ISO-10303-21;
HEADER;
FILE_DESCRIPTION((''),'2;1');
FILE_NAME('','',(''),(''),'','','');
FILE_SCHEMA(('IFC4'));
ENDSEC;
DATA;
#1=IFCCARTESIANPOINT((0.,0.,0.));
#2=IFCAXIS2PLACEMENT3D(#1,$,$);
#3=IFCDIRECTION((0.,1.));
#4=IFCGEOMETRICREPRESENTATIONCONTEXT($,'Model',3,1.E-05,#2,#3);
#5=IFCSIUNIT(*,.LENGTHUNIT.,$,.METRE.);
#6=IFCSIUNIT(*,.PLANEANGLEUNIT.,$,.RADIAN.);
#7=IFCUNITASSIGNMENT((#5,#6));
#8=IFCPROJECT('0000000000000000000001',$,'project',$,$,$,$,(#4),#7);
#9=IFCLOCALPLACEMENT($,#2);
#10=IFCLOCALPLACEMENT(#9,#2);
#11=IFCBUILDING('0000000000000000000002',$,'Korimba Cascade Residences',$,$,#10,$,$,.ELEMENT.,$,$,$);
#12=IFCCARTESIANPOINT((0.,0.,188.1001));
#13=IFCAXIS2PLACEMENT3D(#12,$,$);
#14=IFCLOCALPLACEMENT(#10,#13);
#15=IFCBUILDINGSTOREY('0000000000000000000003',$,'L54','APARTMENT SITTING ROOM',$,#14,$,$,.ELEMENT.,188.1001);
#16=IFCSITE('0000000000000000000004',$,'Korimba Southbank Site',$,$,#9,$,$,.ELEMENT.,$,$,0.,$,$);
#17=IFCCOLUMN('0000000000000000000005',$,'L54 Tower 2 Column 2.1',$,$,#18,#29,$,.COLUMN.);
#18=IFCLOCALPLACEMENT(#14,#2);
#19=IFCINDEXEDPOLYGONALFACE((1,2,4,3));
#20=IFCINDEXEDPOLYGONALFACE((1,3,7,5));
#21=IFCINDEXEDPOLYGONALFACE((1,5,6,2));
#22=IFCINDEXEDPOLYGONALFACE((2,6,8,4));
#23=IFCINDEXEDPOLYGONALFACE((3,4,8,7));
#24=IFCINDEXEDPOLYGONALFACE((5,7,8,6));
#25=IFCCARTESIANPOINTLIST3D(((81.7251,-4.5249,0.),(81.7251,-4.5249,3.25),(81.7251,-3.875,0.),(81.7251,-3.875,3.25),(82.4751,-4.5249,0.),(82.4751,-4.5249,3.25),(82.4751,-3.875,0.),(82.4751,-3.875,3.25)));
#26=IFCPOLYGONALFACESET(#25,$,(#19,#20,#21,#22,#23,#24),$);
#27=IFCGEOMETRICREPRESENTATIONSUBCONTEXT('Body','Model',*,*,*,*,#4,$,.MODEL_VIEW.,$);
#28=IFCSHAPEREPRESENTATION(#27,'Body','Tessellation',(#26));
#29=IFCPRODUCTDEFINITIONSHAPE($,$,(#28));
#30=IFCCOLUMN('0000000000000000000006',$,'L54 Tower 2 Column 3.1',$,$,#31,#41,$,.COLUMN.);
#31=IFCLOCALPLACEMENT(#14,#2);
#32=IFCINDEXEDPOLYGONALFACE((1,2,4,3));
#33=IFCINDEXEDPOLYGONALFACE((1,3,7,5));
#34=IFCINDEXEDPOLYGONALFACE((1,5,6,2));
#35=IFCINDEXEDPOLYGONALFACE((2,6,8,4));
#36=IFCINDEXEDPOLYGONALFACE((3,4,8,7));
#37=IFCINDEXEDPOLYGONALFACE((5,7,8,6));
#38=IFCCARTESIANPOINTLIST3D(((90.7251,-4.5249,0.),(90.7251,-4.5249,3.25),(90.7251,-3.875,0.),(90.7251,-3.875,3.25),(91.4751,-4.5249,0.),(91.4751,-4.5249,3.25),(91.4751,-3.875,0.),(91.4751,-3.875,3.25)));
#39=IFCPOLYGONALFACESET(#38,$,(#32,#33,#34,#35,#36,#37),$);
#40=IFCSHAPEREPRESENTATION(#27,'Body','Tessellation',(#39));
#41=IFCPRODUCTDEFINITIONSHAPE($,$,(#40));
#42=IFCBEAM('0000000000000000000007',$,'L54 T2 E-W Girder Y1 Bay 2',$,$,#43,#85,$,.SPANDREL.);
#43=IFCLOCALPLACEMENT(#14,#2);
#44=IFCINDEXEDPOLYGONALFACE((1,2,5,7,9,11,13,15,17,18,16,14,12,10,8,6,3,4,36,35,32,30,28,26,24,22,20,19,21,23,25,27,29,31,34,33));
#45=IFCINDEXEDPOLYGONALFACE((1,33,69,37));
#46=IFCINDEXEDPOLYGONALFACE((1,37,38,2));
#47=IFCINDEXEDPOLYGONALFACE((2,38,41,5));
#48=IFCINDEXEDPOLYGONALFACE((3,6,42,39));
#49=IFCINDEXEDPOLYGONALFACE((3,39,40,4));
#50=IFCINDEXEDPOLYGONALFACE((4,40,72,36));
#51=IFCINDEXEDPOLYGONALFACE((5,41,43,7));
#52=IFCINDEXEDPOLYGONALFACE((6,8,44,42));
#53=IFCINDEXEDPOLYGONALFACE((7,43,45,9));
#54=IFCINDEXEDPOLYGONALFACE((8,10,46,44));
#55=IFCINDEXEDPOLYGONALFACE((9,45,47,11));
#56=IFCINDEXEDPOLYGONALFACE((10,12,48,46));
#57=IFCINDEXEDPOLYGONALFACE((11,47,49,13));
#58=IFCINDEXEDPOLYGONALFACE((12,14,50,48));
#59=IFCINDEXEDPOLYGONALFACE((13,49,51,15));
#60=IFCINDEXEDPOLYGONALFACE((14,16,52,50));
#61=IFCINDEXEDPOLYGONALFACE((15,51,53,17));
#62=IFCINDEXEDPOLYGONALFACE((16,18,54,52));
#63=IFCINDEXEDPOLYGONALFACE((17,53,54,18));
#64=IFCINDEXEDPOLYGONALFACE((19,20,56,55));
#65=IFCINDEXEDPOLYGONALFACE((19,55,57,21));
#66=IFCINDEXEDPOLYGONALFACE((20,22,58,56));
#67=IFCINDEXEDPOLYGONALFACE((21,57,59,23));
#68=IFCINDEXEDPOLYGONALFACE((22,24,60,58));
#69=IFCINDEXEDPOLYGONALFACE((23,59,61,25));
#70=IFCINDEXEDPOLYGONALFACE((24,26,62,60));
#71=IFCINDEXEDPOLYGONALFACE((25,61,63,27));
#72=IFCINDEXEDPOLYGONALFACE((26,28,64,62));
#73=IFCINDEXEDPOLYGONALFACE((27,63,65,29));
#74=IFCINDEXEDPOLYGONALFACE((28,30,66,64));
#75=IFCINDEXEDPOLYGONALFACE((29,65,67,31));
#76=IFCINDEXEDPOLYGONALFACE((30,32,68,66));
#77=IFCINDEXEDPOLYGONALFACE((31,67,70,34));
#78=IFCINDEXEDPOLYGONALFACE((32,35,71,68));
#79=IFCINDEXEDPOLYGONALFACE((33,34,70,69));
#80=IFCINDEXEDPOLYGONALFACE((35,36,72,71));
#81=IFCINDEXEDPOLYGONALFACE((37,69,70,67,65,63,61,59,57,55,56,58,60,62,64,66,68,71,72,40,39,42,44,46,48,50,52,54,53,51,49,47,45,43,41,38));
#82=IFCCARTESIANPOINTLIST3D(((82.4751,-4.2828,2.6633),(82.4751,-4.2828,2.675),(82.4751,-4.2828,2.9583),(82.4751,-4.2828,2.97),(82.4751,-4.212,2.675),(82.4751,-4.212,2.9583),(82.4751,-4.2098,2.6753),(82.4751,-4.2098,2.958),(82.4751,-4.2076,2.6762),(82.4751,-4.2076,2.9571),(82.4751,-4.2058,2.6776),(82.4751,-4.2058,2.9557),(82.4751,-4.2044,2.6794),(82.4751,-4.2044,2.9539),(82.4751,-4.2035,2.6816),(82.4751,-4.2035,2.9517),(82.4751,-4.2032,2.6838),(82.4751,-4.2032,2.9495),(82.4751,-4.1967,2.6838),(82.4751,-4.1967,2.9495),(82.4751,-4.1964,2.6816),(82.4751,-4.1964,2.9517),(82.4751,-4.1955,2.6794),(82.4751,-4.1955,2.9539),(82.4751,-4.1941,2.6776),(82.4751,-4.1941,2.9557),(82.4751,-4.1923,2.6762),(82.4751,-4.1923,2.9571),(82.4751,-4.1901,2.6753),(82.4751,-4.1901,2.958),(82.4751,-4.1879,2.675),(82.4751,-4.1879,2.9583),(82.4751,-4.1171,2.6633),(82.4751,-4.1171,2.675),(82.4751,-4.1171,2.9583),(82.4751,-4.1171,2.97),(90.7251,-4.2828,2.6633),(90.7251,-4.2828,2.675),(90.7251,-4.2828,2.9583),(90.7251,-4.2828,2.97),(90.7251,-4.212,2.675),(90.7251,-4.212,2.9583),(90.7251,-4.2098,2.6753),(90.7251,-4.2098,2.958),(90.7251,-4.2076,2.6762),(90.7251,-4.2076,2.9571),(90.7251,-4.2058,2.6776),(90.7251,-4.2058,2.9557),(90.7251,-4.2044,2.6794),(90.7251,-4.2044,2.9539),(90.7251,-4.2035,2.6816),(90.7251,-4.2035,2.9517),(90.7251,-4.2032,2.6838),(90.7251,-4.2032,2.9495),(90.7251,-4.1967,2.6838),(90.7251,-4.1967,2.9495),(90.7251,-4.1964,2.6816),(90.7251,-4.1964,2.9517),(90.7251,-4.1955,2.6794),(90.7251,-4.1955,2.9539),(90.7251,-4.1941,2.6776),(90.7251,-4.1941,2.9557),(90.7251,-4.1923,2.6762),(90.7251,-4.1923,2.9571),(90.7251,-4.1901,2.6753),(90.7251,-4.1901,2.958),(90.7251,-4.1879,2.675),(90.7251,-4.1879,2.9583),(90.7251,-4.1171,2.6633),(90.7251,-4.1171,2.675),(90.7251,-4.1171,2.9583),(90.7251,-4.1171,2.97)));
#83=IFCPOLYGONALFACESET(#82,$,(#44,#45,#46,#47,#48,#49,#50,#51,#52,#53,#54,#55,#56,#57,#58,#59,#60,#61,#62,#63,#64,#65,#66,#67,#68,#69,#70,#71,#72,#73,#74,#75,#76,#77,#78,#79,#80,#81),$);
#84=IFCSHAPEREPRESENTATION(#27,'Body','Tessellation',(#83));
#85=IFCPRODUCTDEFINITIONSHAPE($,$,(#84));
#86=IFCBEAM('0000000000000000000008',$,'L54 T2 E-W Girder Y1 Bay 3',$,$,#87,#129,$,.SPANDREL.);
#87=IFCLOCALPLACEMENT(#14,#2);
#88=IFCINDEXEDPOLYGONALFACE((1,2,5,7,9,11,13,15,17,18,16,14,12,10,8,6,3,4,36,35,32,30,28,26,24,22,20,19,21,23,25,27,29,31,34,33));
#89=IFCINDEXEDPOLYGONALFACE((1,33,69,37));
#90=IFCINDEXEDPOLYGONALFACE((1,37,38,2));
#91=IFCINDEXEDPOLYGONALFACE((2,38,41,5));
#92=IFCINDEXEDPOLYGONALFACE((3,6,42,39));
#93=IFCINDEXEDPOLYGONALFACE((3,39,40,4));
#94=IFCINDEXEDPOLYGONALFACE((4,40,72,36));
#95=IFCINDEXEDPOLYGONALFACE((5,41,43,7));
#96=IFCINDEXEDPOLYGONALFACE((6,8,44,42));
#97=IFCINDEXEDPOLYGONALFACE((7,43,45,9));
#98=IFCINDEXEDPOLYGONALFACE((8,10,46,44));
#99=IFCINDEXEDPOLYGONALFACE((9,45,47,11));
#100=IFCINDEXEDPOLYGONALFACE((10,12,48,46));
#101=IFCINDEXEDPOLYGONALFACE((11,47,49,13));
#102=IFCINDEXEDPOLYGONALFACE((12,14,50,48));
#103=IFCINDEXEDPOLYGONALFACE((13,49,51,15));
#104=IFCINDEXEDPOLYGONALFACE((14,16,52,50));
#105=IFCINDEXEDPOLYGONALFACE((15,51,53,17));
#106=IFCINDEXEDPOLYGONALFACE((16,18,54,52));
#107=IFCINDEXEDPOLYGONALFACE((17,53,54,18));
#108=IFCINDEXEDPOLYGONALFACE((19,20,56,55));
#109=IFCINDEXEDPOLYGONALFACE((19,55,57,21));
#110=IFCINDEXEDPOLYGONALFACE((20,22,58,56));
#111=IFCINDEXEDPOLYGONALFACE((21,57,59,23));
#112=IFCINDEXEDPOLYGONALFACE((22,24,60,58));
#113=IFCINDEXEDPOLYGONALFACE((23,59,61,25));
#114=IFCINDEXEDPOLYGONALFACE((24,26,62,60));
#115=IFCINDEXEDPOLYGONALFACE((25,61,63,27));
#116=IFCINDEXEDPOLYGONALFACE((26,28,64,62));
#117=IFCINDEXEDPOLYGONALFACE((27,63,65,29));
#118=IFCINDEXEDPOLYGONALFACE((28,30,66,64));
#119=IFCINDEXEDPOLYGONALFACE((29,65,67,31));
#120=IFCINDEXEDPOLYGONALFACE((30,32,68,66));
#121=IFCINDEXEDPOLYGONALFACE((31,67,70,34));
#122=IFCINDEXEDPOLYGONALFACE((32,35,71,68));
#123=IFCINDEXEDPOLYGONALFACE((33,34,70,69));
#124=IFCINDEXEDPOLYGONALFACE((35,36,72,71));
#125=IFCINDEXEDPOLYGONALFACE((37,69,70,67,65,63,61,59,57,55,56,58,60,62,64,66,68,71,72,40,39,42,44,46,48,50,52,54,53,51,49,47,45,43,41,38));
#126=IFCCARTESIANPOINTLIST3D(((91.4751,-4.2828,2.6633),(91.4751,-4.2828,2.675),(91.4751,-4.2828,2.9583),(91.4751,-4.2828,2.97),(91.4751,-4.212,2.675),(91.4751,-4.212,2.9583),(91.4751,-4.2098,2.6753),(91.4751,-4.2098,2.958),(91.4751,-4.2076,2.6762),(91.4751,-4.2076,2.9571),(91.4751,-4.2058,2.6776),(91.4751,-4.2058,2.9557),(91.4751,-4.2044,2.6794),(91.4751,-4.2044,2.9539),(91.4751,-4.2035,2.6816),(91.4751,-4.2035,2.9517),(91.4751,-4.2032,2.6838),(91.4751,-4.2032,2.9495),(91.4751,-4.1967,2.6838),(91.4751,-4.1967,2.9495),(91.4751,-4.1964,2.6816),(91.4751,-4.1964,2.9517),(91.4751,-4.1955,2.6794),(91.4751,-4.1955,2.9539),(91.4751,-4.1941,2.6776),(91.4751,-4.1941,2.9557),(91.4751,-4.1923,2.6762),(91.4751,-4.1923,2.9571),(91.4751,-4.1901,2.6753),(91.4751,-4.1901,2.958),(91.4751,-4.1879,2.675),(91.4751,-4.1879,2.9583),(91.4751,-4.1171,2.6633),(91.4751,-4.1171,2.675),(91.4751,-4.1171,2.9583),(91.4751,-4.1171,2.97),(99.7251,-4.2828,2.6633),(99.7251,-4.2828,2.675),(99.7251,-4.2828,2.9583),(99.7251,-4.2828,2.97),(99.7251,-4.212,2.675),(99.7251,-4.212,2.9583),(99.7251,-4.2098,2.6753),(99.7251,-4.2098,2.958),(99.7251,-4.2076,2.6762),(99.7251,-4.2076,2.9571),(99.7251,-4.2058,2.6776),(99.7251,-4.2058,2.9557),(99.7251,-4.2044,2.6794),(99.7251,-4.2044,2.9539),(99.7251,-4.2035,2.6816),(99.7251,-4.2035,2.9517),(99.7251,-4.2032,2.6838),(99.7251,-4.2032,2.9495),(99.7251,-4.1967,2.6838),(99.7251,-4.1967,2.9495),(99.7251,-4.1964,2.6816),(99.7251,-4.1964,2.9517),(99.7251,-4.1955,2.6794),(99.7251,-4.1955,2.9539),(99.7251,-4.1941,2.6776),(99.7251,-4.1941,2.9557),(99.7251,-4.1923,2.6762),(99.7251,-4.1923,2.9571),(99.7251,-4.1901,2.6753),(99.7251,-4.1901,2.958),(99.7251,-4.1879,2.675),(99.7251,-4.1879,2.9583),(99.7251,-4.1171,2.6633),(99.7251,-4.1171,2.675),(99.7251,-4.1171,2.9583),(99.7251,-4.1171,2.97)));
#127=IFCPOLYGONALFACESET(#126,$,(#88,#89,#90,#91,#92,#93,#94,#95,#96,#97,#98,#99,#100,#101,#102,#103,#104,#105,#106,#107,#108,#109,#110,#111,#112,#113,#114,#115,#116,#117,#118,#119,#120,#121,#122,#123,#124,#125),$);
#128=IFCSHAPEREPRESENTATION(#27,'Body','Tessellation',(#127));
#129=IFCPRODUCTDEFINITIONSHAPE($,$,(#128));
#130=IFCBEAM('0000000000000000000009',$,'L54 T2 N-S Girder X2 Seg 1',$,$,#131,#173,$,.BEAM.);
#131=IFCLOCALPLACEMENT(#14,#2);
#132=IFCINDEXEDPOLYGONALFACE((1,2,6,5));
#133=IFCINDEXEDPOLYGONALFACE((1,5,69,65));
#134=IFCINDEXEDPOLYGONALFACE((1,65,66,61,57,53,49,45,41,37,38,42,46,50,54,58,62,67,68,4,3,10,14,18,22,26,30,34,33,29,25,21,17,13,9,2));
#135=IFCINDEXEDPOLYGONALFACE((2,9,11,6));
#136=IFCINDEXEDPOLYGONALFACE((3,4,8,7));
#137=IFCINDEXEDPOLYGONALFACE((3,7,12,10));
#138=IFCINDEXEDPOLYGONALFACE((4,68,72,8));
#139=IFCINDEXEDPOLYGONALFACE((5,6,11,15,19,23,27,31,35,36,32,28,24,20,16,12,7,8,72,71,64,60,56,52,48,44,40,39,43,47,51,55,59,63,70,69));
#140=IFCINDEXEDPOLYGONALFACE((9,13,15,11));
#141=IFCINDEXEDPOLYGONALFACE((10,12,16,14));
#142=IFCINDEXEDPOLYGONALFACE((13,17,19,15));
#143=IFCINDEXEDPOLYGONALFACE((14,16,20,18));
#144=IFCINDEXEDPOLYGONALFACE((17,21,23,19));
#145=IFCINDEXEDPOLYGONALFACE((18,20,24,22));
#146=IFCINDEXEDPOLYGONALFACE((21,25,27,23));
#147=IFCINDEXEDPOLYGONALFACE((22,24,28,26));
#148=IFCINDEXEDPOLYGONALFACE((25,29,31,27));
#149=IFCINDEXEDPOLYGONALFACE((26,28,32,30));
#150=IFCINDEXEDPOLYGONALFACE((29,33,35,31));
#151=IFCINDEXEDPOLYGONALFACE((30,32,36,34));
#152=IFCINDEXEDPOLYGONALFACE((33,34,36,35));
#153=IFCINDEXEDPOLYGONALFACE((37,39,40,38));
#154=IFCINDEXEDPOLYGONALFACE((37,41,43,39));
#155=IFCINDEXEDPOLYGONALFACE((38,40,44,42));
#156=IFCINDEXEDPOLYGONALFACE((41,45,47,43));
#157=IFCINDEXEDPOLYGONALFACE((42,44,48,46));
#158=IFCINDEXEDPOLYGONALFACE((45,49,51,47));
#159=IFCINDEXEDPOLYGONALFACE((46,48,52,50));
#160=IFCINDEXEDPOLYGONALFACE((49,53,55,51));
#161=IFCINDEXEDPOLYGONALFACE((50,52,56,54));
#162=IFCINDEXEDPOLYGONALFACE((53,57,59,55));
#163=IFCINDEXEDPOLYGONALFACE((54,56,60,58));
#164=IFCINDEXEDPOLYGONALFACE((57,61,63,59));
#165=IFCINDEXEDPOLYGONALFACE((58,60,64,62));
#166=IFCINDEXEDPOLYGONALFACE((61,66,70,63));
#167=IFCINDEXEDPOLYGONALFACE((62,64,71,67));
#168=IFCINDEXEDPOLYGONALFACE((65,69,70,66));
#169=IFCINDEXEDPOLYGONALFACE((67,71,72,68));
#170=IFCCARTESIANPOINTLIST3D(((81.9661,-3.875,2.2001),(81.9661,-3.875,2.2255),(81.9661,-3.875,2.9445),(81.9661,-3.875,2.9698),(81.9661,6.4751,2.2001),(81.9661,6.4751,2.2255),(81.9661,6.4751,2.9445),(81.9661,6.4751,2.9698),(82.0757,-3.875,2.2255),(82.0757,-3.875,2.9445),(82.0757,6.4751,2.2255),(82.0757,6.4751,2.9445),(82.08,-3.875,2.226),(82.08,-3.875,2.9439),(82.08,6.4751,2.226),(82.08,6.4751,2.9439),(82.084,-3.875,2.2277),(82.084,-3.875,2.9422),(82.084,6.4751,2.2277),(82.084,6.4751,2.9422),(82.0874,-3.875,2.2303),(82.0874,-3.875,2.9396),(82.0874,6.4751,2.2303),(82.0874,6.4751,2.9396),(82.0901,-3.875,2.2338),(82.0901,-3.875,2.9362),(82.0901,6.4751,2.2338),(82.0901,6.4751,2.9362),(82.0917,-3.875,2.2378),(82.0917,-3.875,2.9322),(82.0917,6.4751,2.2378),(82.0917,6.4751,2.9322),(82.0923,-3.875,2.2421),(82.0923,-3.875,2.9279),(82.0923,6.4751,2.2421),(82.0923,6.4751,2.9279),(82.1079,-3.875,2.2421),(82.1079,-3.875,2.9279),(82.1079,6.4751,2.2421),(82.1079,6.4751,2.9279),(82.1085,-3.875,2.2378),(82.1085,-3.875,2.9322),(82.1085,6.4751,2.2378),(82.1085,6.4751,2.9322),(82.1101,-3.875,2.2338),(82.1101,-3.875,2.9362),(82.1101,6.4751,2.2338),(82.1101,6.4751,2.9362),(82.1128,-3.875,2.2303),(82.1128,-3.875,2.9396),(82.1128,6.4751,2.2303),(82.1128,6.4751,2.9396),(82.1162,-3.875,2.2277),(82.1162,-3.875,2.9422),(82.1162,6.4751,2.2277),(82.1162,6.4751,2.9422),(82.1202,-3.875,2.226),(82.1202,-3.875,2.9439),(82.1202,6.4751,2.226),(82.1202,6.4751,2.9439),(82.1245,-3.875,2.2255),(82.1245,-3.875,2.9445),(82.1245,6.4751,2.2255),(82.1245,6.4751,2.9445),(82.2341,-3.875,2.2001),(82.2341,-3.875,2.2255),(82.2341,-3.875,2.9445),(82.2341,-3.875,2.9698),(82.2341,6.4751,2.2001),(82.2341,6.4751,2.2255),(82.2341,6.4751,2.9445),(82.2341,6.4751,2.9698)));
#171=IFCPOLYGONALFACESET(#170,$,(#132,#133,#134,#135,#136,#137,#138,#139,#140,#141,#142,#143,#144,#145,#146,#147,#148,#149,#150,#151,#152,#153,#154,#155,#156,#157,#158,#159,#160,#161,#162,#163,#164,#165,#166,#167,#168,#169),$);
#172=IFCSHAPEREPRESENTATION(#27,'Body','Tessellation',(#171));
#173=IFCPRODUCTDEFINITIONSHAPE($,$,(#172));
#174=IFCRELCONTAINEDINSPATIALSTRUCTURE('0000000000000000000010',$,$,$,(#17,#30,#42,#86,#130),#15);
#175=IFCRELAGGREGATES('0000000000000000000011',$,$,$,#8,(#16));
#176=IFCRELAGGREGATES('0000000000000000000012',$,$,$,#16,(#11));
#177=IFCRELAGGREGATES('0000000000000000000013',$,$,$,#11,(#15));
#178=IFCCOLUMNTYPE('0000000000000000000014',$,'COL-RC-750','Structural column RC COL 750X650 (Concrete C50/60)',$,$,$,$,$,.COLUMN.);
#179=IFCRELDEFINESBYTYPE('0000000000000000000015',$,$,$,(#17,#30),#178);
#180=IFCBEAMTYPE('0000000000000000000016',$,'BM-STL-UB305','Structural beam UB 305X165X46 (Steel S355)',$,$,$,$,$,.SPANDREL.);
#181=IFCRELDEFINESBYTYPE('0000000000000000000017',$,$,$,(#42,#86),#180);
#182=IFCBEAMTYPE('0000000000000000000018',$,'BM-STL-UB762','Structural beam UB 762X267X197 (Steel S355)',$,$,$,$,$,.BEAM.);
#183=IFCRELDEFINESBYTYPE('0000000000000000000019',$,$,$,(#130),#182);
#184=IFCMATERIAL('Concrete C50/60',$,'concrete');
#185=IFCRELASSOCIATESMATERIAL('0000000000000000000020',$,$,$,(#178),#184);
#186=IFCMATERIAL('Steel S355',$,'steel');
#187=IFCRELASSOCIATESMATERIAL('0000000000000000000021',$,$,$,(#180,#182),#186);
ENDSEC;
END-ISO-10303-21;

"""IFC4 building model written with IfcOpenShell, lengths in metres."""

from ifc_helpers import new_model, si_unit, direction, frame, origin, origin_2d, place, context, subcontext, project, spatial, rectangle, i_section, extrude, material, material_profile, profile_set, type_object, element, save


model = new_model("IFC4")

# Units and contexts
model_context = context("Model", 3, precision=1e-05, world=origin(), true_north=direction((0.0, 1.0)))
body_context = subcontext(model_context, "Body", "Model", "MODEL_VIEW")
ifc_project = project(units=[si_unit("LENGTHUNIT", "METRE"), si_unit("PLANEANGLEUNIT", "RADIAN")], contexts=[model_context])

# Site, building, storey
site_placement = place(None, origin())
site = spatial("IfcSite", under=ifc_project, at=site_placement, Name="Korimba Southbank Site", CompositionType="ELEMENT", RefElevation=0.0)
building_placement = place(site_placement, origin())
building = spatial("IfcBuilding", under=site, at=building_placement, Name="Korimba Cascade Residences", CompositionType="ELEMENT")
storey_placement = place(building_placement, frame((0.0, 0.0, 188.1001)))
storey = spatial("IfcBuildingStorey", under=building, at=storey_placement, Name="L54", Description="APARTMENT SITTING ROOM", CompositionType="ELEMENT", Elevation=188.1001)

# Columns
ifc_material_1 = material(Name="Concrete C50/60", Category="concrete")
ifc_material_profile_1 = material_profile(ifc_material_1, rectangle(XDim=0.75, YDim=0.6499, at=origin_2d()), Name="Concrete C50/60")
ifc_profile_set_1 = profile_set([ifc_material_profile_1], Name="Concrete C50/60")
column_type = type_object("IfcColumnType", Name="COL-RC-750", Description="Structural column RC COL 750X650 (Concrete C50/60)", PredefinedType="COLUMN", material=ifc_profile_set_1)
for number, where, z_axis, x_axis, name in (
    (1, (82.1001, -4.2, 0.0), (0.0, 0.0, 1.0), (1.0, 0.0, 0.0), "L54 Tower 2 Column 2.1"),
    (2, (91.1001, -4.2, 0.0), (0.0, 0.0, 1.0), (1.0, 0.0, 0.0), "L54 Tower 2 Column 3.1"),
):
    element("IfcColumn", number, at=place(storey_placement, frame(where, z_axis=z_axis, x_axis=x_axis)), inside=storey, type_object=column_type, Name=name, PredefinedType="COLUMN", context=body_context, shape_type="SweptSolid", body=[
        extrude(rectangle(XDim=0.75, YDim=0.6499, at=origin_2d()), origin(), (0.0, 0.0, 1.0), 3.25),
    ])

# Beams
ifc_material_2 = material(Name="Steel S355", Category="steel")
ifc_material_profile_2 = material_profile(ifc_material_2, i_section(OverallWidth=0.1658, OverallDepth=0.3066, WebThickness=0.0066, FlangeThickness=0.0117, FilletRadius=0.0088, at=origin_2d()), Name="Steel S355")
ifc_profile_set_2 = profile_set([ifc_material_profile_2], Name="Steel S355")
beam_type_1 = type_object("IfcBeamType", Name="BM-STL-UB305", Description="Structural beam UB 305X165X46 (Steel S355)", PredefinedType="SPANDREL", material=ifc_profile_set_2)
for number, where, z_axis, x_axis, name in (
    (3, (82.4751, -4.2, 2.8167), (1.0, 0.0, 0.0), (0.0, 1.0, 0.0), "L54 T2 E-W Girder Y1 Bay 2"),
    (4, (91.4751, -4.2, 2.8167), (1.0, 0.0, 0.0), (0.0, 1.0, 0.0), "L54 T2 E-W Girder Y1 Bay 3"),
):
    element("IfcBeam", number, at=place(storey_placement, frame(where, z_axis=z_axis, x_axis=x_axis)), inside=storey, type_object=beam_type_1, Name=name, PredefinedType="SPANDREL", context=body_context, shape_type="SweptSolid", body=[
        extrude(i_section(OverallWidth=0.1658, OverallDepth=0.3066, WebThickness=0.0066, FlangeThickness=0.0117, FilletRadius=0.0088, at=origin_2d()), origin(), (0.0, 0.0, 1.0), 8.25),
    ])
ifc_material_profile_3 = material_profile(ifc_material_2, i_section(OverallWidth=0.2681, OverallDepth=0.7698, WebThickness=0.0156, FlangeThickness=0.0254, FilletRadius=0.0166, at=origin_2d()), Name="Steel S355")
ifc_profile_set_3 = profile_set([ifc_material_profile_3], Name="Steel S355")
beam_type_2 = type_object("IfcBeamType", Name="BM-STL-UB762", Description="Structural beam UB 762X267X197 (Steel S355)", PredefinedType="BEAM", material=ifc_profile_set_3)
for number, where, z_axis, x_axis, name in (
    (5, (82.1001, -3.875, 2.585), (0.0, 1.0, 0.0), (-1.0, 0.0, 0.0), "L54 T2 N-S Girder X2 Seg 1"),
):
    element("IfcBeam", number, at=place(storey_placement, frame(where, z_axis=z_axis, x_axis=x_axis)), inside=storey, type_object=beam_type_2, Name=name, PredefinedType="BEAM", context=body_context, shape_type="SweptSolid", body=[
        extrude(i_section(OverallWidth=0.2681, OverallDepth=0.7698, WebThickness=0.0156, FlangeThickness=0.0254, FilletRadius=0.0166, at=origin_2d()), origin(), (0.0, 0.0, 1.0), 10.3501),
    ])

save(model, "model.ifc")
